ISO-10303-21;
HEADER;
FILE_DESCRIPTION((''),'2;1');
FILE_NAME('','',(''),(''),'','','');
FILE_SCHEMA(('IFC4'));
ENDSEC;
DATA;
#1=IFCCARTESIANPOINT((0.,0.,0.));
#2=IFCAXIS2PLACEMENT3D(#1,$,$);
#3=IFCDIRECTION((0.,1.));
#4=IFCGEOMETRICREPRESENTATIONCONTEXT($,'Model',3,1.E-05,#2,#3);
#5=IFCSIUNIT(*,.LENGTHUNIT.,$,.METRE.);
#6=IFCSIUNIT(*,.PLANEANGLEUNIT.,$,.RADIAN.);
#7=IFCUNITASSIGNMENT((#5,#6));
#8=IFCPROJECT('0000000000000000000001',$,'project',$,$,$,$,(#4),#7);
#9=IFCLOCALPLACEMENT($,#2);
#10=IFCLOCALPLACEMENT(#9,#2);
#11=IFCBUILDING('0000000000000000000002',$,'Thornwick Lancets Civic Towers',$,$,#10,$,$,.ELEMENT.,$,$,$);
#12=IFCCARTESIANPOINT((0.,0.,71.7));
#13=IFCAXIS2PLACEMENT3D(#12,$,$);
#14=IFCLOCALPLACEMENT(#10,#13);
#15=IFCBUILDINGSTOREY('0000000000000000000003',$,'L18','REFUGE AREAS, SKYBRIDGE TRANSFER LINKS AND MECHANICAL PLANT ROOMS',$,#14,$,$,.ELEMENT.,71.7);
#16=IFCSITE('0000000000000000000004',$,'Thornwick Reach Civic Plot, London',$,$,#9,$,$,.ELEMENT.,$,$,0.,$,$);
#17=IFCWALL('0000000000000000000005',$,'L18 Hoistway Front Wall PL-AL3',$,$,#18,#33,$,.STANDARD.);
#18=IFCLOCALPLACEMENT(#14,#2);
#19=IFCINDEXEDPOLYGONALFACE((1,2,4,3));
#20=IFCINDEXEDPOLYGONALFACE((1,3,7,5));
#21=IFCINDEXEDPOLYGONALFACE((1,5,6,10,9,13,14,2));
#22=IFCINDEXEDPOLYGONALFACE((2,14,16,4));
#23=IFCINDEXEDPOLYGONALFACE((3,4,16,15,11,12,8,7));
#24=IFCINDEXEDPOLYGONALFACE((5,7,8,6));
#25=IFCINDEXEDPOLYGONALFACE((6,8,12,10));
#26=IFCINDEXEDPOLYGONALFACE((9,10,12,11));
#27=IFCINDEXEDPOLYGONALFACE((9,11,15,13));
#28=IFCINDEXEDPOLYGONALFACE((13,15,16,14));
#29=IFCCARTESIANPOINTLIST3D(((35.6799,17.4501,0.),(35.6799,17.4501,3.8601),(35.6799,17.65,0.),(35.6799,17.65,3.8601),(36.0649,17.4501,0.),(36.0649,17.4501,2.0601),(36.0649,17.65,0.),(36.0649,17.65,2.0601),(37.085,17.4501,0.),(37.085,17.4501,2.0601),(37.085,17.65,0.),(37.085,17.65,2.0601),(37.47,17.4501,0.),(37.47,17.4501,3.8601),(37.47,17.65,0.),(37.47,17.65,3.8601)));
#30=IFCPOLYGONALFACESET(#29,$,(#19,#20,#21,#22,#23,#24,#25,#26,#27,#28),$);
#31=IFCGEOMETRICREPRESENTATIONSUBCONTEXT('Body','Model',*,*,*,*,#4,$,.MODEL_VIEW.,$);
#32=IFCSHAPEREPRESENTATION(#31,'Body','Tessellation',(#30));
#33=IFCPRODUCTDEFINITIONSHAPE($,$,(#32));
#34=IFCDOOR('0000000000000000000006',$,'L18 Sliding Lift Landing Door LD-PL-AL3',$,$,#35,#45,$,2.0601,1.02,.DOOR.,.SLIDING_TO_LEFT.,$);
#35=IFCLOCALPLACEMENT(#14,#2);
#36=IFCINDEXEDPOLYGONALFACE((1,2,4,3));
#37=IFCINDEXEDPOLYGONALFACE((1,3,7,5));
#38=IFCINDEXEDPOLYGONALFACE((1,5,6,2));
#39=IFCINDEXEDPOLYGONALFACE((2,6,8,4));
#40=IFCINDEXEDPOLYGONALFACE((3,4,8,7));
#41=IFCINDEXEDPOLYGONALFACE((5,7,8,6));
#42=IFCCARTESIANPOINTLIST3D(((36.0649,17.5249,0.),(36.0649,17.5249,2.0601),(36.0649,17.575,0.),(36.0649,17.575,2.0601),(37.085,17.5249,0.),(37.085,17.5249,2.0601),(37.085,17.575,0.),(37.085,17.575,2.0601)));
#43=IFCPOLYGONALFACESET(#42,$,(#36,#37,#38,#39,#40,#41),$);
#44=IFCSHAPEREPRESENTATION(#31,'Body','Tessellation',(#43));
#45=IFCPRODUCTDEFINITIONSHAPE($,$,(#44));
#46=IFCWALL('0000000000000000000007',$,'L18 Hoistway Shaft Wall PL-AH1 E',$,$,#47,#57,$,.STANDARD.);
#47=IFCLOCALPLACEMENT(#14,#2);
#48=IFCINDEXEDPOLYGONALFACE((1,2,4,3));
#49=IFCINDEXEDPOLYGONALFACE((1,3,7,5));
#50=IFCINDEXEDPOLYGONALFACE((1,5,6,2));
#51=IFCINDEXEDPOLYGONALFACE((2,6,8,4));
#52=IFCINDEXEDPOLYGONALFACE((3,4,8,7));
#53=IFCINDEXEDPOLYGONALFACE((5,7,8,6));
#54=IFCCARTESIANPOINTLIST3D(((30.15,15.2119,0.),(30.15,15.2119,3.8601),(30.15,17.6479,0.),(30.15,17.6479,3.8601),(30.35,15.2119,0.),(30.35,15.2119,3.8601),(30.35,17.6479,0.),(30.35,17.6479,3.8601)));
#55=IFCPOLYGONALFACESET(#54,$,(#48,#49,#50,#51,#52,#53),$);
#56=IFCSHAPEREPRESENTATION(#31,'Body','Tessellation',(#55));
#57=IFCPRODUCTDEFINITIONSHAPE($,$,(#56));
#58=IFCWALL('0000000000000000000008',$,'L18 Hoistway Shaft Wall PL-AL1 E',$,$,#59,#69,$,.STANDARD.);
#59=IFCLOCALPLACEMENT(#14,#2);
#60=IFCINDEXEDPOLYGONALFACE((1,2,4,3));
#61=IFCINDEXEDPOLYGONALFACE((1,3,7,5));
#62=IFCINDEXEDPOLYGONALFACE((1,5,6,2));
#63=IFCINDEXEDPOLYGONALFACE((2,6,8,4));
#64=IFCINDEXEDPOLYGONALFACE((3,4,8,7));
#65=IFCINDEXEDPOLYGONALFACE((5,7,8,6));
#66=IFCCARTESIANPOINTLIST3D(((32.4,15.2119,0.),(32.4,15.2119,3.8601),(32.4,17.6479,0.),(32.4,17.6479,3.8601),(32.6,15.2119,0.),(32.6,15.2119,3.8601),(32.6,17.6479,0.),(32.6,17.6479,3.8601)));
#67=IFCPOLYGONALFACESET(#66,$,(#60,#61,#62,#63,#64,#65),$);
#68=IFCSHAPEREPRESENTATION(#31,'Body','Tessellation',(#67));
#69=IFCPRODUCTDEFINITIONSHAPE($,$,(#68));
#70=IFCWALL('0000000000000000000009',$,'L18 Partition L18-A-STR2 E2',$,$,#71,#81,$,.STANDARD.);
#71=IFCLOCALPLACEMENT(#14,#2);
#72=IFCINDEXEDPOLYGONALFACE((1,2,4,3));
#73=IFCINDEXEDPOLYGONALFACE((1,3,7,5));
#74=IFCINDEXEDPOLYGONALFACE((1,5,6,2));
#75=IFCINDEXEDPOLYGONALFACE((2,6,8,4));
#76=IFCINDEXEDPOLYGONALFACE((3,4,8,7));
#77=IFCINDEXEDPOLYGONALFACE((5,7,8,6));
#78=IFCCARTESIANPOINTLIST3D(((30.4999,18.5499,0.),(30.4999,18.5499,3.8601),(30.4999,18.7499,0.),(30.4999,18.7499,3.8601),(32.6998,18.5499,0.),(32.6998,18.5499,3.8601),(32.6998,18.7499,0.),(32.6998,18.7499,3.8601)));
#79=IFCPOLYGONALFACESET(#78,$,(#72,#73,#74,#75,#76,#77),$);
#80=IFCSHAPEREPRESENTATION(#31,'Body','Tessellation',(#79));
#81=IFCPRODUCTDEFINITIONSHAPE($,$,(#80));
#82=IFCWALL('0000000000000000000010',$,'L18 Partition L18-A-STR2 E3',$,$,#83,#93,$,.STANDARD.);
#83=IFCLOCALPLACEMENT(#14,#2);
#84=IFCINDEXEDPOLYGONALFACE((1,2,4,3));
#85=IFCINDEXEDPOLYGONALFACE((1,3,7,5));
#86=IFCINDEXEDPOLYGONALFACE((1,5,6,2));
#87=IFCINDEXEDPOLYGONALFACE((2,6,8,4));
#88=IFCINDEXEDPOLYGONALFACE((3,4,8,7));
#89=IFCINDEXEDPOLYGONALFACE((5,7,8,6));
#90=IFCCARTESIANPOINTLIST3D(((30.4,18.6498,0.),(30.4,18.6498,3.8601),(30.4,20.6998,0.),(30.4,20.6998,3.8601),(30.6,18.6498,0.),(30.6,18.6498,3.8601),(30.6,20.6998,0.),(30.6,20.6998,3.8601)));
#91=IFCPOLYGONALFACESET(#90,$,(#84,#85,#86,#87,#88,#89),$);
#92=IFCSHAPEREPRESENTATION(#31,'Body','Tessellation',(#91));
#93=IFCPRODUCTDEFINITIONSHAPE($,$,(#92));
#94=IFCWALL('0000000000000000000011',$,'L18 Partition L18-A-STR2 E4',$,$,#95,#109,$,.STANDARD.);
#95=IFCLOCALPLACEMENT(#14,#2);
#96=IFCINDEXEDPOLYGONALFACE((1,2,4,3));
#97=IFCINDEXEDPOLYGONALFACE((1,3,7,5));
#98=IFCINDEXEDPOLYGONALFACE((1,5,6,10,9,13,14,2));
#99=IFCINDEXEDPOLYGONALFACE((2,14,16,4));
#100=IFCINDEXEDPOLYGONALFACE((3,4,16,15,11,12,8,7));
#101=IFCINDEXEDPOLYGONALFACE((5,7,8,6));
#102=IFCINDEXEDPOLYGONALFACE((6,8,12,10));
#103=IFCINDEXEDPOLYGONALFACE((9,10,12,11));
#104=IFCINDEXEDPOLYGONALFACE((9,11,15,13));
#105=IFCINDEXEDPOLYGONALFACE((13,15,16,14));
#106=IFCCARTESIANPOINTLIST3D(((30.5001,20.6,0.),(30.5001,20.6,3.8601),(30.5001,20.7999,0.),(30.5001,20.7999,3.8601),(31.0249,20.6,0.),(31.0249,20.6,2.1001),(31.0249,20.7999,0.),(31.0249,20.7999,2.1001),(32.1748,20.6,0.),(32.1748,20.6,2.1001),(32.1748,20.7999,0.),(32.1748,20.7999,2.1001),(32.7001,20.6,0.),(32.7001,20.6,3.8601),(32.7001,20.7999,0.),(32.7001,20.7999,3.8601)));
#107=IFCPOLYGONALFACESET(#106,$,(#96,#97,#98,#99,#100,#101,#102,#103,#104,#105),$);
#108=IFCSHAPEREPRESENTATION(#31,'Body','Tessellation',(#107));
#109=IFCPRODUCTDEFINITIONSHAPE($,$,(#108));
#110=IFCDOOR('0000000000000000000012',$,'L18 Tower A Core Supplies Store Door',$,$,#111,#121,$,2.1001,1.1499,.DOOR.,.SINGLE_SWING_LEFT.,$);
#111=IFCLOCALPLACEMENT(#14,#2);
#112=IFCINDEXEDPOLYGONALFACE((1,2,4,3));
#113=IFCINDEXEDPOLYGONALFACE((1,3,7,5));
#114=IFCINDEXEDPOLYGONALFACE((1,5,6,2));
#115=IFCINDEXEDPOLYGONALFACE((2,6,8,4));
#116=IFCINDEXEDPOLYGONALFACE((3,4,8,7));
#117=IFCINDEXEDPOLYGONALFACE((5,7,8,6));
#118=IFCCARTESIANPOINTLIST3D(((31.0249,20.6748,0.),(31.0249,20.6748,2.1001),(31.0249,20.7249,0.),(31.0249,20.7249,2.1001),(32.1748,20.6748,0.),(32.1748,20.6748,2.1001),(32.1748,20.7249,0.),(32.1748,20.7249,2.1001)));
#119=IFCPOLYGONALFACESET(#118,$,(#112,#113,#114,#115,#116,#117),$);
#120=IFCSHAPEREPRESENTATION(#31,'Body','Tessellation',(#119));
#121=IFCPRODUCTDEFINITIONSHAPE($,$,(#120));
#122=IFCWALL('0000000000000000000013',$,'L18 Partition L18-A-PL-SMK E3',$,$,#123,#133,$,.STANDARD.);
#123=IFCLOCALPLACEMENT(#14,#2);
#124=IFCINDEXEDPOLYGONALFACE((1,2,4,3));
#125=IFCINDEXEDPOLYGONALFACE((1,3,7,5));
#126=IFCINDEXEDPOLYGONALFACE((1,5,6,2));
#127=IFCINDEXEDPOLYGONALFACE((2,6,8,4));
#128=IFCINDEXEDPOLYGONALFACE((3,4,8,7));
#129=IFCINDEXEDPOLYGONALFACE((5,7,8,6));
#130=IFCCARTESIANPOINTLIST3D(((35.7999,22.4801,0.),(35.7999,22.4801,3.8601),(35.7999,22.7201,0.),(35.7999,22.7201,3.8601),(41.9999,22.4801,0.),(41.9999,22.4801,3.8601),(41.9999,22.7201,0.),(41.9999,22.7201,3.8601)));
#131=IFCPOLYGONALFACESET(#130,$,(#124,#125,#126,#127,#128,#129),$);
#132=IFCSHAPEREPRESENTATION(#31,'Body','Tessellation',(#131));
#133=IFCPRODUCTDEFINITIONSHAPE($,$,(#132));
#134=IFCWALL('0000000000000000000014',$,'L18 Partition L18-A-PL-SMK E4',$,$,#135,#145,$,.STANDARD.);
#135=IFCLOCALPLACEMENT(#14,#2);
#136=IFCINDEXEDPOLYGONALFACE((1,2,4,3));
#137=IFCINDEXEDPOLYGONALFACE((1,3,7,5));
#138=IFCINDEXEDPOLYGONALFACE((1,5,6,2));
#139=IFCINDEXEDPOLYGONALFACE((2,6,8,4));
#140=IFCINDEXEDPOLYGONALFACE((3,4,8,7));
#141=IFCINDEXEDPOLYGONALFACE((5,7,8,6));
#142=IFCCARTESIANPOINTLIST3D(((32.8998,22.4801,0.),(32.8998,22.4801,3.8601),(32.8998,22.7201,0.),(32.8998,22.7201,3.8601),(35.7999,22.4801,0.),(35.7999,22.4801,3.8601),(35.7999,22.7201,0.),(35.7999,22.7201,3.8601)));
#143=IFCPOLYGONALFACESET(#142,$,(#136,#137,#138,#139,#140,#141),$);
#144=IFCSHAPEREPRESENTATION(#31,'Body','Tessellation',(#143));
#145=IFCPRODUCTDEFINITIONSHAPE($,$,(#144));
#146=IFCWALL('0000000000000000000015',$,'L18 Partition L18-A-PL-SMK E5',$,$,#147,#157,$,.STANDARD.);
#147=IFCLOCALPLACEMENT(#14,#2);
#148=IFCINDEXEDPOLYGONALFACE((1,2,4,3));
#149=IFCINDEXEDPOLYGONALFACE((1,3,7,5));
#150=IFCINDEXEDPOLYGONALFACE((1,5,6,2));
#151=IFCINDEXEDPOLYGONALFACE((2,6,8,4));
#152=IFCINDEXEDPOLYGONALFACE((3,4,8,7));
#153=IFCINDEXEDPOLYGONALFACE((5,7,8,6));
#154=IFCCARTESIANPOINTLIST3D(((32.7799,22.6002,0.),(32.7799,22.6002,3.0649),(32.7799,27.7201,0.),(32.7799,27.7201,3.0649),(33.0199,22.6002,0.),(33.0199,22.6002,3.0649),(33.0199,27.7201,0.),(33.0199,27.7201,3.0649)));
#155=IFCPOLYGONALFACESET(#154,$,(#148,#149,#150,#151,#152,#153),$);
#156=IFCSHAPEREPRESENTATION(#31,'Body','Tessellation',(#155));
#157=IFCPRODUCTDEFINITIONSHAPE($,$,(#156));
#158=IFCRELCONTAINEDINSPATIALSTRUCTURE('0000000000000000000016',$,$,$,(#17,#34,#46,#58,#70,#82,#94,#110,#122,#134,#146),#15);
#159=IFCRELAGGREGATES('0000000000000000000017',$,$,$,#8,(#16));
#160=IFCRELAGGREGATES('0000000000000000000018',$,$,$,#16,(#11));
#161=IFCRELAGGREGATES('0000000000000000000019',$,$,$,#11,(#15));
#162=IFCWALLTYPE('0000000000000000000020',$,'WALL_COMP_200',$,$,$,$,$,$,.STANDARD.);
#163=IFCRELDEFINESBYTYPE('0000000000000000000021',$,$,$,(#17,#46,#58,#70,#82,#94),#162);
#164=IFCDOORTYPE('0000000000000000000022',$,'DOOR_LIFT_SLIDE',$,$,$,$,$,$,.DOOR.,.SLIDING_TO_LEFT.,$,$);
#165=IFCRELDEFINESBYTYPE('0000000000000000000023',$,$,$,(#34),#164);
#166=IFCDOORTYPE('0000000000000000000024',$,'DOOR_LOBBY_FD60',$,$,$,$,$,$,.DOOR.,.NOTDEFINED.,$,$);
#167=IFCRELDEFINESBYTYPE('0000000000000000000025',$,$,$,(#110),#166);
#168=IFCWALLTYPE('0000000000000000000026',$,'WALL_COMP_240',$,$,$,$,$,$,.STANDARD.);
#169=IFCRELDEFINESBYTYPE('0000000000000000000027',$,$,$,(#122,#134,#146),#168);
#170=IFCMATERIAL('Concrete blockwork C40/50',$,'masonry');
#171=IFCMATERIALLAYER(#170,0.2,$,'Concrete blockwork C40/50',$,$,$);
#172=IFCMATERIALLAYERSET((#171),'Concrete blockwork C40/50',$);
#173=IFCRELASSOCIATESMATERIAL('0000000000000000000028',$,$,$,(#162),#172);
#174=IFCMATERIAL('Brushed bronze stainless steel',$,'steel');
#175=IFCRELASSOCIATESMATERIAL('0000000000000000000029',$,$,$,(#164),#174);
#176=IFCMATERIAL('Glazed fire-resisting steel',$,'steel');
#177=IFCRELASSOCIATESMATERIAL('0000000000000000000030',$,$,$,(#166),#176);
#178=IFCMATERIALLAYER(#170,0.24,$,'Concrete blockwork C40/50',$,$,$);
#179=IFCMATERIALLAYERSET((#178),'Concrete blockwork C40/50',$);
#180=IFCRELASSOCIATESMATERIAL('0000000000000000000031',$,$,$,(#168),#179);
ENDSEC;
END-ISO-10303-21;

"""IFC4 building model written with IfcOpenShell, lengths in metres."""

from ifc_helpers import new_model, si_unit, direction, frame, frame_2d, origin, place, context, subcontext, project, spatial, rectangle, extrude, material, layer, layer_set, type_object, element, fill, save


model = new_model("IFC4")

# Units and contexts
model_context = context("Model", 3, precision=1e-05, world=origin(), true_north=direction((0.0, 1.0)))
body_context = subcontext(model_context, "Body", "Model", "MODEL_VIEW")
ifc_project = project(units=[si_unit("LENGTHUNIT", "METRE"), si_unit("PLANEANGLEUNIT", "RADIAN")], contexts=[model_context])

# Site, building, storey
site_placement = place(None, origin())
site = spatial("IfcSite", under=ifc_project, at=site_placement, Name="Thornwick Reach Civic Plot, London", CompositionType="ELEMENT", RefElevation=0.0)
building_placement = place(site_placement, origin())
building = spatial("IfcBuilding", under=site, at=building_placement, Name="Thornwick Lancets Civic Towers", CompositionType="ELEMENT")
storey_placement = place(building_placement, frame((0.0, 0.0, 71.7)))
storey = spatial("IfcBuildingStorey", under=building, at=storey_placement, Name="L18", Description="REFUGE AREAS, SKYBRIDGE TRANSFER LINKS AND MECHANICAL PLANT ROOMS", CompositionType="ELEMENT", Elevation=71.7)

# Wall, opening, door
ifc_material_1 = material(Name="Concrete blockwork C40/50", Category="masonry")
ifc_layer_1 = layer(ifc_material_1, 0.2, Name="Concrete blockwork C40/50")
ifc_layer_set_1 = layer_set([ifc_layer_1], Name="Concrete blockwork C40/50")
wall_type_1 = type_object("IfcWallType", Name="WALL_COMP_200", PredefinedType="STANDARD", material=ifc_layer_set_1)
ifc_material_2 = material(Name="Brushed bronze stainless steel", Category="steel")
door_type_1 = type_object("IfcDoorType", Name="DOOR_LIFT_SLIDE", OperationType="SLIDING_TO_LEFT", PredefinedType="DOOR", material=ifc_material_2)
wall_1_placement = place(storey_placement, frame((35.6799, 17.55, 0.0), z_axis=(0.0, 0.0, 1.0), x_axis=(1.0, 0.0, 0.0)))
wall_1 = element("IfcWall", 1, at=wall_1_placement, inside=storey, type_object=wall_type_1, Name="L18 Hoistway Front Wall PL-AL3", PredefinedType="STANDARD", context=body_context, shape_type="SweptSolid", body=[
    extrude(rectangle(XDim=1.79, YDim=0.2, at=frame_2d((0.895, 0.0))), origin(), (0.0, 0.0, 1.0), 3.8601),
])
opening_1_placement = place(wall_1_placement, frame((0.385, 0.0, 0.0)))
opening_1 = element("IfcOpeningElement", 2, at=opening_1_placement, cuts=wall_1, PredefinedType="OPENING", context=body_context, shape_type="SweptSolid", body=[
    extrude(rectangle(XDim=1.02, YDim=2.0601, at=frame_2d((0.51, 1.03))), frame((0.0, 0.1099, 0.0), z_axis=(0.0, -1.0, 0.0), x_axis=(1.0, 0.0, 0.0)), (0.0, 0.0, 1.0), 0.22),
])
door_1_placement = place(opening_1_placement, origin())
door_1 = element("IfcDoor", 3, at=door_1_placement, inside=storey, type_object=door_type_1, Name="L18 Sliding Lift Landing Door LD-PL-AL3", OperationType="SLIDING_TO_LEFT", OverallHeight=2.0601, OverallWidth=1.02, PredefinedType="DOOR", context=body_context, shape_type="SweptSolid", body=[
    extrude(rectangle(XDim=1.02, YDim=2.0601, at=frame_2d((0.51, 1.03))), frame((0.0, 0.0249, 0.0), z_axis=(0.0, -1.0, 0.0), x_axis=(1.0, 0.0, 0.0)), (0.0, 0.0, 1.0), 0.05),
])
fill(opening_1, door_1)

# Walls
for number, where, z_axis, x_axis, name in (
    (4, (30.25, 15.2119, 0.0), (0.0, 0.0, 1.0), (0.0, 1.0, 0.0), "L18 Hoistway Shaft Wall PL-AH1 E"),
    (5, (32.5, 15.2119, 0.0), (0.0, 0.0, 1.0), (0.0, 1.0, 0.0), "L18 Hoistway Shaft Wall PL-AL1 E"),
):
    element("IfcWall", number, at=place(storey_placement, frame(where, z_axis=z_axis, x_axis=x_axis)), inside=storey, type_object=wall_type_1, Name=name, PredefinedType="STANDARD", context=body_context, shape_type="SweptSolid", body=[
        extrude(rectangle(XDim=2.436, YDim=0.2, at=frame_2d((1.218, 0.0))), origin(), (0.0, 0.0, 1.0), 3.8601),
    ])
wall_2_placement = place(storey_placement, frame((32.7, 18.6499, 0.0), z_axis=(0.0, 0.0, 1.0), x_axis=(-1.0, 0.0, 0.0)))
element("IfcWall", 6, at=wall_2_placement, inside=storey, type_object=wall_type_1, Name="L18 Partition L18-A-STR2 E2", PredefinedType="STANDARD", context=body_context, shape_type="SweptSolid", body=[
    extrude(rectangle(XDim=2.2, YDim=0.2, at=frame_2d((1.1001, 0.0))), origin(), (0.0, 0.0, 1.0), 3.8601),
])
wall_3_placement = place(storey_placement, frame((30.5, 18.6499, 0.0), z_axis=(0.0, 0.0, 1.0), x_axis=(0.0, 1.0, 0.0)))
element("IfcWall", 7, at=wall_3_placement, inside=storey, type_object=wall_type_1, Name="L18 Partition L18-A-STR2 E3", PredefinedType="STANDARD", context=body_context, shape_type="SweptSolid", body=[
    extrude(rectangle(XDim=2.05, YDim=0.2, at=frame_2d((1.0249, 0.0))), origin(), (0.0, 0.0, 1.0), 3.8601),
])

# Wall, opening, door
wall_4_placement = place(storey_placement, frame((30.5, 20.7, 0.0), z_axis=(0.0, 0.0, 1.0), x_axis=(1.0, 0.0, 0.0)))
wall_4 = element("IfcWall", 8, at=wall_4_placement, inside=storey, type_object=wall_type_1, Name="L18 Partition L18-A-STR2 E4", PredefinedType="STANDARD", context=body_context, shape_type="SweptSolid", body=[
    extrude(rectangle(XDim=2.2, YDim=0.2, at=frame_2d((1.1001, 0.0))), origin(), (0.0, 0.0, 1.0), 3.8601),
])
opening_2_placement = place(wall_4_placement, frame((0.5249, 0.0, 0.0)))
opening_2 = element("IfcOpeningElement", 9, at=opening_2_placement, cuts=wall_4, PredefinedType="OPENING", context=body_context, shape_type="SweptSolid", body=[
    extrude(rectangle(XDim=1.1499, YDim=2.1001, at=frame_2d((0.575, 1.05))), frame((0.0, 0.1099, 0.0), z_axis=(0.0, -1.0, 0.0), x_axis=(1.0, 0.0, 0.0)), (0.0, 0.0, 1.0), 0.22),
])
ifc_material_3 = material(Name="Glazed fire-resisting steel", Category="steel")
door_type_2 = type_object("IfcDoorType", Name="DOOR_LOBBY_FD60", OperationType="NOTDEFINED", PredefinedType="DOOR", material=ifc_material_3)
door_2_placement = place(opening_2_placement, origin())
door_2 = element("IfcDoor", 10, at=door_2_placement, inside=storey, type_object=door_type_2, Name="L18 Tower A Core Supplies Store Door", OperationType="SINGLE_SWING_LEFT", OverallHeight=2.1001, OverallWidth=1.1499, PredefinedType="DOOR", context=body_context, shape_type="SweptSolid", body=[
    extrude(rectangle(XDim=1.1499, YDim=2.1001, at=frame_2d((0.575, 1.05))), frame((0.0, 0.0249, 0.0), z_axis=(0.0, -1.0, 0.0), x_axis=(1.0, 0.0, 0.0)), (0.0, 0.0, 1.0), 0.05),
])
fill(opening_2, door_2)

# Walls
ifc_layer_2 = layer(ifc_material_1, 0.24, Name="Concrete blockwork C40/50")
ifc_layer_set_2 = layer_set([ifc_layer_2], Name="Concrete blockwork C40/50")
wall_type_2 = type_object("IfcWallType", Name="WALL_COMP_240", PredefinedType="STANDARD", material=ifc_layer_set_2)
wall_5_placement = place(storey_placement, frame((42.0, 22.6001, 0.0), z_axis=(0.0, 0.0, 1.0), x_axis=(-1.0, 0.0, 0.0)))
element("IfcWall", 11, at=wall_5_placement, inside=storey, type_object=wall_type_2, Name="L18 Partition L18-A-PL-SMK E3", PredefinedType="STANDARD", context=body_context, shape_type="SweptSolid", body=[
    extrude(rectangle(XDim=6.2, YDim=0.24, at=frame_2d((3.1001, 0.0))), origin(), (0.0, 0.0, 1.0), 3.8601),
])
wall_6_placement = place(storey_placement, frame((35.8, 22.6001, 0.0), z_axis=(0.0, 0.0, 1.0), x_axis=(-1.0, 0.0, 0.0)))
element("IfcWall", 12, at=wall_6_placement, inside=storey, type_object=wall_type_2, Name="L18 Partition L18-A-PL-SMK E4", PredefinedType="STANDARD", context=body_context, shape_type="SweptSolid", body=[
    extrude(rectangle(XDim=2.9001, YDim=0.24, at=frame_2d((1.4502, 0.0))), origin(), (0.0, 0.0, 1.0), 3.8601),
])
wall_7_placement = place(storey_placement, frame((32.8999, 22.6001, 0.0), z_axis=(0.0, 0.0, 1.0), x_axis=(0.0, 1.0, 0.0)))
element("IfcWall", 13, at=wall_7_placement, inside=storey, type_object=wall_type_2, Name="L18 Partition L18-A-PL-SMK E5", PredefinedType="STANDARD", context=body_context, shape_type="SweptSolid", body=[
    extrude(rectangle(XDim=5.1199, YDim=0.24, at=frame_2d((2.5601, 0.0))), origin(), (0.0, 0.0, 1.0), 3.0649),
])

save(model, "model.ifc")
